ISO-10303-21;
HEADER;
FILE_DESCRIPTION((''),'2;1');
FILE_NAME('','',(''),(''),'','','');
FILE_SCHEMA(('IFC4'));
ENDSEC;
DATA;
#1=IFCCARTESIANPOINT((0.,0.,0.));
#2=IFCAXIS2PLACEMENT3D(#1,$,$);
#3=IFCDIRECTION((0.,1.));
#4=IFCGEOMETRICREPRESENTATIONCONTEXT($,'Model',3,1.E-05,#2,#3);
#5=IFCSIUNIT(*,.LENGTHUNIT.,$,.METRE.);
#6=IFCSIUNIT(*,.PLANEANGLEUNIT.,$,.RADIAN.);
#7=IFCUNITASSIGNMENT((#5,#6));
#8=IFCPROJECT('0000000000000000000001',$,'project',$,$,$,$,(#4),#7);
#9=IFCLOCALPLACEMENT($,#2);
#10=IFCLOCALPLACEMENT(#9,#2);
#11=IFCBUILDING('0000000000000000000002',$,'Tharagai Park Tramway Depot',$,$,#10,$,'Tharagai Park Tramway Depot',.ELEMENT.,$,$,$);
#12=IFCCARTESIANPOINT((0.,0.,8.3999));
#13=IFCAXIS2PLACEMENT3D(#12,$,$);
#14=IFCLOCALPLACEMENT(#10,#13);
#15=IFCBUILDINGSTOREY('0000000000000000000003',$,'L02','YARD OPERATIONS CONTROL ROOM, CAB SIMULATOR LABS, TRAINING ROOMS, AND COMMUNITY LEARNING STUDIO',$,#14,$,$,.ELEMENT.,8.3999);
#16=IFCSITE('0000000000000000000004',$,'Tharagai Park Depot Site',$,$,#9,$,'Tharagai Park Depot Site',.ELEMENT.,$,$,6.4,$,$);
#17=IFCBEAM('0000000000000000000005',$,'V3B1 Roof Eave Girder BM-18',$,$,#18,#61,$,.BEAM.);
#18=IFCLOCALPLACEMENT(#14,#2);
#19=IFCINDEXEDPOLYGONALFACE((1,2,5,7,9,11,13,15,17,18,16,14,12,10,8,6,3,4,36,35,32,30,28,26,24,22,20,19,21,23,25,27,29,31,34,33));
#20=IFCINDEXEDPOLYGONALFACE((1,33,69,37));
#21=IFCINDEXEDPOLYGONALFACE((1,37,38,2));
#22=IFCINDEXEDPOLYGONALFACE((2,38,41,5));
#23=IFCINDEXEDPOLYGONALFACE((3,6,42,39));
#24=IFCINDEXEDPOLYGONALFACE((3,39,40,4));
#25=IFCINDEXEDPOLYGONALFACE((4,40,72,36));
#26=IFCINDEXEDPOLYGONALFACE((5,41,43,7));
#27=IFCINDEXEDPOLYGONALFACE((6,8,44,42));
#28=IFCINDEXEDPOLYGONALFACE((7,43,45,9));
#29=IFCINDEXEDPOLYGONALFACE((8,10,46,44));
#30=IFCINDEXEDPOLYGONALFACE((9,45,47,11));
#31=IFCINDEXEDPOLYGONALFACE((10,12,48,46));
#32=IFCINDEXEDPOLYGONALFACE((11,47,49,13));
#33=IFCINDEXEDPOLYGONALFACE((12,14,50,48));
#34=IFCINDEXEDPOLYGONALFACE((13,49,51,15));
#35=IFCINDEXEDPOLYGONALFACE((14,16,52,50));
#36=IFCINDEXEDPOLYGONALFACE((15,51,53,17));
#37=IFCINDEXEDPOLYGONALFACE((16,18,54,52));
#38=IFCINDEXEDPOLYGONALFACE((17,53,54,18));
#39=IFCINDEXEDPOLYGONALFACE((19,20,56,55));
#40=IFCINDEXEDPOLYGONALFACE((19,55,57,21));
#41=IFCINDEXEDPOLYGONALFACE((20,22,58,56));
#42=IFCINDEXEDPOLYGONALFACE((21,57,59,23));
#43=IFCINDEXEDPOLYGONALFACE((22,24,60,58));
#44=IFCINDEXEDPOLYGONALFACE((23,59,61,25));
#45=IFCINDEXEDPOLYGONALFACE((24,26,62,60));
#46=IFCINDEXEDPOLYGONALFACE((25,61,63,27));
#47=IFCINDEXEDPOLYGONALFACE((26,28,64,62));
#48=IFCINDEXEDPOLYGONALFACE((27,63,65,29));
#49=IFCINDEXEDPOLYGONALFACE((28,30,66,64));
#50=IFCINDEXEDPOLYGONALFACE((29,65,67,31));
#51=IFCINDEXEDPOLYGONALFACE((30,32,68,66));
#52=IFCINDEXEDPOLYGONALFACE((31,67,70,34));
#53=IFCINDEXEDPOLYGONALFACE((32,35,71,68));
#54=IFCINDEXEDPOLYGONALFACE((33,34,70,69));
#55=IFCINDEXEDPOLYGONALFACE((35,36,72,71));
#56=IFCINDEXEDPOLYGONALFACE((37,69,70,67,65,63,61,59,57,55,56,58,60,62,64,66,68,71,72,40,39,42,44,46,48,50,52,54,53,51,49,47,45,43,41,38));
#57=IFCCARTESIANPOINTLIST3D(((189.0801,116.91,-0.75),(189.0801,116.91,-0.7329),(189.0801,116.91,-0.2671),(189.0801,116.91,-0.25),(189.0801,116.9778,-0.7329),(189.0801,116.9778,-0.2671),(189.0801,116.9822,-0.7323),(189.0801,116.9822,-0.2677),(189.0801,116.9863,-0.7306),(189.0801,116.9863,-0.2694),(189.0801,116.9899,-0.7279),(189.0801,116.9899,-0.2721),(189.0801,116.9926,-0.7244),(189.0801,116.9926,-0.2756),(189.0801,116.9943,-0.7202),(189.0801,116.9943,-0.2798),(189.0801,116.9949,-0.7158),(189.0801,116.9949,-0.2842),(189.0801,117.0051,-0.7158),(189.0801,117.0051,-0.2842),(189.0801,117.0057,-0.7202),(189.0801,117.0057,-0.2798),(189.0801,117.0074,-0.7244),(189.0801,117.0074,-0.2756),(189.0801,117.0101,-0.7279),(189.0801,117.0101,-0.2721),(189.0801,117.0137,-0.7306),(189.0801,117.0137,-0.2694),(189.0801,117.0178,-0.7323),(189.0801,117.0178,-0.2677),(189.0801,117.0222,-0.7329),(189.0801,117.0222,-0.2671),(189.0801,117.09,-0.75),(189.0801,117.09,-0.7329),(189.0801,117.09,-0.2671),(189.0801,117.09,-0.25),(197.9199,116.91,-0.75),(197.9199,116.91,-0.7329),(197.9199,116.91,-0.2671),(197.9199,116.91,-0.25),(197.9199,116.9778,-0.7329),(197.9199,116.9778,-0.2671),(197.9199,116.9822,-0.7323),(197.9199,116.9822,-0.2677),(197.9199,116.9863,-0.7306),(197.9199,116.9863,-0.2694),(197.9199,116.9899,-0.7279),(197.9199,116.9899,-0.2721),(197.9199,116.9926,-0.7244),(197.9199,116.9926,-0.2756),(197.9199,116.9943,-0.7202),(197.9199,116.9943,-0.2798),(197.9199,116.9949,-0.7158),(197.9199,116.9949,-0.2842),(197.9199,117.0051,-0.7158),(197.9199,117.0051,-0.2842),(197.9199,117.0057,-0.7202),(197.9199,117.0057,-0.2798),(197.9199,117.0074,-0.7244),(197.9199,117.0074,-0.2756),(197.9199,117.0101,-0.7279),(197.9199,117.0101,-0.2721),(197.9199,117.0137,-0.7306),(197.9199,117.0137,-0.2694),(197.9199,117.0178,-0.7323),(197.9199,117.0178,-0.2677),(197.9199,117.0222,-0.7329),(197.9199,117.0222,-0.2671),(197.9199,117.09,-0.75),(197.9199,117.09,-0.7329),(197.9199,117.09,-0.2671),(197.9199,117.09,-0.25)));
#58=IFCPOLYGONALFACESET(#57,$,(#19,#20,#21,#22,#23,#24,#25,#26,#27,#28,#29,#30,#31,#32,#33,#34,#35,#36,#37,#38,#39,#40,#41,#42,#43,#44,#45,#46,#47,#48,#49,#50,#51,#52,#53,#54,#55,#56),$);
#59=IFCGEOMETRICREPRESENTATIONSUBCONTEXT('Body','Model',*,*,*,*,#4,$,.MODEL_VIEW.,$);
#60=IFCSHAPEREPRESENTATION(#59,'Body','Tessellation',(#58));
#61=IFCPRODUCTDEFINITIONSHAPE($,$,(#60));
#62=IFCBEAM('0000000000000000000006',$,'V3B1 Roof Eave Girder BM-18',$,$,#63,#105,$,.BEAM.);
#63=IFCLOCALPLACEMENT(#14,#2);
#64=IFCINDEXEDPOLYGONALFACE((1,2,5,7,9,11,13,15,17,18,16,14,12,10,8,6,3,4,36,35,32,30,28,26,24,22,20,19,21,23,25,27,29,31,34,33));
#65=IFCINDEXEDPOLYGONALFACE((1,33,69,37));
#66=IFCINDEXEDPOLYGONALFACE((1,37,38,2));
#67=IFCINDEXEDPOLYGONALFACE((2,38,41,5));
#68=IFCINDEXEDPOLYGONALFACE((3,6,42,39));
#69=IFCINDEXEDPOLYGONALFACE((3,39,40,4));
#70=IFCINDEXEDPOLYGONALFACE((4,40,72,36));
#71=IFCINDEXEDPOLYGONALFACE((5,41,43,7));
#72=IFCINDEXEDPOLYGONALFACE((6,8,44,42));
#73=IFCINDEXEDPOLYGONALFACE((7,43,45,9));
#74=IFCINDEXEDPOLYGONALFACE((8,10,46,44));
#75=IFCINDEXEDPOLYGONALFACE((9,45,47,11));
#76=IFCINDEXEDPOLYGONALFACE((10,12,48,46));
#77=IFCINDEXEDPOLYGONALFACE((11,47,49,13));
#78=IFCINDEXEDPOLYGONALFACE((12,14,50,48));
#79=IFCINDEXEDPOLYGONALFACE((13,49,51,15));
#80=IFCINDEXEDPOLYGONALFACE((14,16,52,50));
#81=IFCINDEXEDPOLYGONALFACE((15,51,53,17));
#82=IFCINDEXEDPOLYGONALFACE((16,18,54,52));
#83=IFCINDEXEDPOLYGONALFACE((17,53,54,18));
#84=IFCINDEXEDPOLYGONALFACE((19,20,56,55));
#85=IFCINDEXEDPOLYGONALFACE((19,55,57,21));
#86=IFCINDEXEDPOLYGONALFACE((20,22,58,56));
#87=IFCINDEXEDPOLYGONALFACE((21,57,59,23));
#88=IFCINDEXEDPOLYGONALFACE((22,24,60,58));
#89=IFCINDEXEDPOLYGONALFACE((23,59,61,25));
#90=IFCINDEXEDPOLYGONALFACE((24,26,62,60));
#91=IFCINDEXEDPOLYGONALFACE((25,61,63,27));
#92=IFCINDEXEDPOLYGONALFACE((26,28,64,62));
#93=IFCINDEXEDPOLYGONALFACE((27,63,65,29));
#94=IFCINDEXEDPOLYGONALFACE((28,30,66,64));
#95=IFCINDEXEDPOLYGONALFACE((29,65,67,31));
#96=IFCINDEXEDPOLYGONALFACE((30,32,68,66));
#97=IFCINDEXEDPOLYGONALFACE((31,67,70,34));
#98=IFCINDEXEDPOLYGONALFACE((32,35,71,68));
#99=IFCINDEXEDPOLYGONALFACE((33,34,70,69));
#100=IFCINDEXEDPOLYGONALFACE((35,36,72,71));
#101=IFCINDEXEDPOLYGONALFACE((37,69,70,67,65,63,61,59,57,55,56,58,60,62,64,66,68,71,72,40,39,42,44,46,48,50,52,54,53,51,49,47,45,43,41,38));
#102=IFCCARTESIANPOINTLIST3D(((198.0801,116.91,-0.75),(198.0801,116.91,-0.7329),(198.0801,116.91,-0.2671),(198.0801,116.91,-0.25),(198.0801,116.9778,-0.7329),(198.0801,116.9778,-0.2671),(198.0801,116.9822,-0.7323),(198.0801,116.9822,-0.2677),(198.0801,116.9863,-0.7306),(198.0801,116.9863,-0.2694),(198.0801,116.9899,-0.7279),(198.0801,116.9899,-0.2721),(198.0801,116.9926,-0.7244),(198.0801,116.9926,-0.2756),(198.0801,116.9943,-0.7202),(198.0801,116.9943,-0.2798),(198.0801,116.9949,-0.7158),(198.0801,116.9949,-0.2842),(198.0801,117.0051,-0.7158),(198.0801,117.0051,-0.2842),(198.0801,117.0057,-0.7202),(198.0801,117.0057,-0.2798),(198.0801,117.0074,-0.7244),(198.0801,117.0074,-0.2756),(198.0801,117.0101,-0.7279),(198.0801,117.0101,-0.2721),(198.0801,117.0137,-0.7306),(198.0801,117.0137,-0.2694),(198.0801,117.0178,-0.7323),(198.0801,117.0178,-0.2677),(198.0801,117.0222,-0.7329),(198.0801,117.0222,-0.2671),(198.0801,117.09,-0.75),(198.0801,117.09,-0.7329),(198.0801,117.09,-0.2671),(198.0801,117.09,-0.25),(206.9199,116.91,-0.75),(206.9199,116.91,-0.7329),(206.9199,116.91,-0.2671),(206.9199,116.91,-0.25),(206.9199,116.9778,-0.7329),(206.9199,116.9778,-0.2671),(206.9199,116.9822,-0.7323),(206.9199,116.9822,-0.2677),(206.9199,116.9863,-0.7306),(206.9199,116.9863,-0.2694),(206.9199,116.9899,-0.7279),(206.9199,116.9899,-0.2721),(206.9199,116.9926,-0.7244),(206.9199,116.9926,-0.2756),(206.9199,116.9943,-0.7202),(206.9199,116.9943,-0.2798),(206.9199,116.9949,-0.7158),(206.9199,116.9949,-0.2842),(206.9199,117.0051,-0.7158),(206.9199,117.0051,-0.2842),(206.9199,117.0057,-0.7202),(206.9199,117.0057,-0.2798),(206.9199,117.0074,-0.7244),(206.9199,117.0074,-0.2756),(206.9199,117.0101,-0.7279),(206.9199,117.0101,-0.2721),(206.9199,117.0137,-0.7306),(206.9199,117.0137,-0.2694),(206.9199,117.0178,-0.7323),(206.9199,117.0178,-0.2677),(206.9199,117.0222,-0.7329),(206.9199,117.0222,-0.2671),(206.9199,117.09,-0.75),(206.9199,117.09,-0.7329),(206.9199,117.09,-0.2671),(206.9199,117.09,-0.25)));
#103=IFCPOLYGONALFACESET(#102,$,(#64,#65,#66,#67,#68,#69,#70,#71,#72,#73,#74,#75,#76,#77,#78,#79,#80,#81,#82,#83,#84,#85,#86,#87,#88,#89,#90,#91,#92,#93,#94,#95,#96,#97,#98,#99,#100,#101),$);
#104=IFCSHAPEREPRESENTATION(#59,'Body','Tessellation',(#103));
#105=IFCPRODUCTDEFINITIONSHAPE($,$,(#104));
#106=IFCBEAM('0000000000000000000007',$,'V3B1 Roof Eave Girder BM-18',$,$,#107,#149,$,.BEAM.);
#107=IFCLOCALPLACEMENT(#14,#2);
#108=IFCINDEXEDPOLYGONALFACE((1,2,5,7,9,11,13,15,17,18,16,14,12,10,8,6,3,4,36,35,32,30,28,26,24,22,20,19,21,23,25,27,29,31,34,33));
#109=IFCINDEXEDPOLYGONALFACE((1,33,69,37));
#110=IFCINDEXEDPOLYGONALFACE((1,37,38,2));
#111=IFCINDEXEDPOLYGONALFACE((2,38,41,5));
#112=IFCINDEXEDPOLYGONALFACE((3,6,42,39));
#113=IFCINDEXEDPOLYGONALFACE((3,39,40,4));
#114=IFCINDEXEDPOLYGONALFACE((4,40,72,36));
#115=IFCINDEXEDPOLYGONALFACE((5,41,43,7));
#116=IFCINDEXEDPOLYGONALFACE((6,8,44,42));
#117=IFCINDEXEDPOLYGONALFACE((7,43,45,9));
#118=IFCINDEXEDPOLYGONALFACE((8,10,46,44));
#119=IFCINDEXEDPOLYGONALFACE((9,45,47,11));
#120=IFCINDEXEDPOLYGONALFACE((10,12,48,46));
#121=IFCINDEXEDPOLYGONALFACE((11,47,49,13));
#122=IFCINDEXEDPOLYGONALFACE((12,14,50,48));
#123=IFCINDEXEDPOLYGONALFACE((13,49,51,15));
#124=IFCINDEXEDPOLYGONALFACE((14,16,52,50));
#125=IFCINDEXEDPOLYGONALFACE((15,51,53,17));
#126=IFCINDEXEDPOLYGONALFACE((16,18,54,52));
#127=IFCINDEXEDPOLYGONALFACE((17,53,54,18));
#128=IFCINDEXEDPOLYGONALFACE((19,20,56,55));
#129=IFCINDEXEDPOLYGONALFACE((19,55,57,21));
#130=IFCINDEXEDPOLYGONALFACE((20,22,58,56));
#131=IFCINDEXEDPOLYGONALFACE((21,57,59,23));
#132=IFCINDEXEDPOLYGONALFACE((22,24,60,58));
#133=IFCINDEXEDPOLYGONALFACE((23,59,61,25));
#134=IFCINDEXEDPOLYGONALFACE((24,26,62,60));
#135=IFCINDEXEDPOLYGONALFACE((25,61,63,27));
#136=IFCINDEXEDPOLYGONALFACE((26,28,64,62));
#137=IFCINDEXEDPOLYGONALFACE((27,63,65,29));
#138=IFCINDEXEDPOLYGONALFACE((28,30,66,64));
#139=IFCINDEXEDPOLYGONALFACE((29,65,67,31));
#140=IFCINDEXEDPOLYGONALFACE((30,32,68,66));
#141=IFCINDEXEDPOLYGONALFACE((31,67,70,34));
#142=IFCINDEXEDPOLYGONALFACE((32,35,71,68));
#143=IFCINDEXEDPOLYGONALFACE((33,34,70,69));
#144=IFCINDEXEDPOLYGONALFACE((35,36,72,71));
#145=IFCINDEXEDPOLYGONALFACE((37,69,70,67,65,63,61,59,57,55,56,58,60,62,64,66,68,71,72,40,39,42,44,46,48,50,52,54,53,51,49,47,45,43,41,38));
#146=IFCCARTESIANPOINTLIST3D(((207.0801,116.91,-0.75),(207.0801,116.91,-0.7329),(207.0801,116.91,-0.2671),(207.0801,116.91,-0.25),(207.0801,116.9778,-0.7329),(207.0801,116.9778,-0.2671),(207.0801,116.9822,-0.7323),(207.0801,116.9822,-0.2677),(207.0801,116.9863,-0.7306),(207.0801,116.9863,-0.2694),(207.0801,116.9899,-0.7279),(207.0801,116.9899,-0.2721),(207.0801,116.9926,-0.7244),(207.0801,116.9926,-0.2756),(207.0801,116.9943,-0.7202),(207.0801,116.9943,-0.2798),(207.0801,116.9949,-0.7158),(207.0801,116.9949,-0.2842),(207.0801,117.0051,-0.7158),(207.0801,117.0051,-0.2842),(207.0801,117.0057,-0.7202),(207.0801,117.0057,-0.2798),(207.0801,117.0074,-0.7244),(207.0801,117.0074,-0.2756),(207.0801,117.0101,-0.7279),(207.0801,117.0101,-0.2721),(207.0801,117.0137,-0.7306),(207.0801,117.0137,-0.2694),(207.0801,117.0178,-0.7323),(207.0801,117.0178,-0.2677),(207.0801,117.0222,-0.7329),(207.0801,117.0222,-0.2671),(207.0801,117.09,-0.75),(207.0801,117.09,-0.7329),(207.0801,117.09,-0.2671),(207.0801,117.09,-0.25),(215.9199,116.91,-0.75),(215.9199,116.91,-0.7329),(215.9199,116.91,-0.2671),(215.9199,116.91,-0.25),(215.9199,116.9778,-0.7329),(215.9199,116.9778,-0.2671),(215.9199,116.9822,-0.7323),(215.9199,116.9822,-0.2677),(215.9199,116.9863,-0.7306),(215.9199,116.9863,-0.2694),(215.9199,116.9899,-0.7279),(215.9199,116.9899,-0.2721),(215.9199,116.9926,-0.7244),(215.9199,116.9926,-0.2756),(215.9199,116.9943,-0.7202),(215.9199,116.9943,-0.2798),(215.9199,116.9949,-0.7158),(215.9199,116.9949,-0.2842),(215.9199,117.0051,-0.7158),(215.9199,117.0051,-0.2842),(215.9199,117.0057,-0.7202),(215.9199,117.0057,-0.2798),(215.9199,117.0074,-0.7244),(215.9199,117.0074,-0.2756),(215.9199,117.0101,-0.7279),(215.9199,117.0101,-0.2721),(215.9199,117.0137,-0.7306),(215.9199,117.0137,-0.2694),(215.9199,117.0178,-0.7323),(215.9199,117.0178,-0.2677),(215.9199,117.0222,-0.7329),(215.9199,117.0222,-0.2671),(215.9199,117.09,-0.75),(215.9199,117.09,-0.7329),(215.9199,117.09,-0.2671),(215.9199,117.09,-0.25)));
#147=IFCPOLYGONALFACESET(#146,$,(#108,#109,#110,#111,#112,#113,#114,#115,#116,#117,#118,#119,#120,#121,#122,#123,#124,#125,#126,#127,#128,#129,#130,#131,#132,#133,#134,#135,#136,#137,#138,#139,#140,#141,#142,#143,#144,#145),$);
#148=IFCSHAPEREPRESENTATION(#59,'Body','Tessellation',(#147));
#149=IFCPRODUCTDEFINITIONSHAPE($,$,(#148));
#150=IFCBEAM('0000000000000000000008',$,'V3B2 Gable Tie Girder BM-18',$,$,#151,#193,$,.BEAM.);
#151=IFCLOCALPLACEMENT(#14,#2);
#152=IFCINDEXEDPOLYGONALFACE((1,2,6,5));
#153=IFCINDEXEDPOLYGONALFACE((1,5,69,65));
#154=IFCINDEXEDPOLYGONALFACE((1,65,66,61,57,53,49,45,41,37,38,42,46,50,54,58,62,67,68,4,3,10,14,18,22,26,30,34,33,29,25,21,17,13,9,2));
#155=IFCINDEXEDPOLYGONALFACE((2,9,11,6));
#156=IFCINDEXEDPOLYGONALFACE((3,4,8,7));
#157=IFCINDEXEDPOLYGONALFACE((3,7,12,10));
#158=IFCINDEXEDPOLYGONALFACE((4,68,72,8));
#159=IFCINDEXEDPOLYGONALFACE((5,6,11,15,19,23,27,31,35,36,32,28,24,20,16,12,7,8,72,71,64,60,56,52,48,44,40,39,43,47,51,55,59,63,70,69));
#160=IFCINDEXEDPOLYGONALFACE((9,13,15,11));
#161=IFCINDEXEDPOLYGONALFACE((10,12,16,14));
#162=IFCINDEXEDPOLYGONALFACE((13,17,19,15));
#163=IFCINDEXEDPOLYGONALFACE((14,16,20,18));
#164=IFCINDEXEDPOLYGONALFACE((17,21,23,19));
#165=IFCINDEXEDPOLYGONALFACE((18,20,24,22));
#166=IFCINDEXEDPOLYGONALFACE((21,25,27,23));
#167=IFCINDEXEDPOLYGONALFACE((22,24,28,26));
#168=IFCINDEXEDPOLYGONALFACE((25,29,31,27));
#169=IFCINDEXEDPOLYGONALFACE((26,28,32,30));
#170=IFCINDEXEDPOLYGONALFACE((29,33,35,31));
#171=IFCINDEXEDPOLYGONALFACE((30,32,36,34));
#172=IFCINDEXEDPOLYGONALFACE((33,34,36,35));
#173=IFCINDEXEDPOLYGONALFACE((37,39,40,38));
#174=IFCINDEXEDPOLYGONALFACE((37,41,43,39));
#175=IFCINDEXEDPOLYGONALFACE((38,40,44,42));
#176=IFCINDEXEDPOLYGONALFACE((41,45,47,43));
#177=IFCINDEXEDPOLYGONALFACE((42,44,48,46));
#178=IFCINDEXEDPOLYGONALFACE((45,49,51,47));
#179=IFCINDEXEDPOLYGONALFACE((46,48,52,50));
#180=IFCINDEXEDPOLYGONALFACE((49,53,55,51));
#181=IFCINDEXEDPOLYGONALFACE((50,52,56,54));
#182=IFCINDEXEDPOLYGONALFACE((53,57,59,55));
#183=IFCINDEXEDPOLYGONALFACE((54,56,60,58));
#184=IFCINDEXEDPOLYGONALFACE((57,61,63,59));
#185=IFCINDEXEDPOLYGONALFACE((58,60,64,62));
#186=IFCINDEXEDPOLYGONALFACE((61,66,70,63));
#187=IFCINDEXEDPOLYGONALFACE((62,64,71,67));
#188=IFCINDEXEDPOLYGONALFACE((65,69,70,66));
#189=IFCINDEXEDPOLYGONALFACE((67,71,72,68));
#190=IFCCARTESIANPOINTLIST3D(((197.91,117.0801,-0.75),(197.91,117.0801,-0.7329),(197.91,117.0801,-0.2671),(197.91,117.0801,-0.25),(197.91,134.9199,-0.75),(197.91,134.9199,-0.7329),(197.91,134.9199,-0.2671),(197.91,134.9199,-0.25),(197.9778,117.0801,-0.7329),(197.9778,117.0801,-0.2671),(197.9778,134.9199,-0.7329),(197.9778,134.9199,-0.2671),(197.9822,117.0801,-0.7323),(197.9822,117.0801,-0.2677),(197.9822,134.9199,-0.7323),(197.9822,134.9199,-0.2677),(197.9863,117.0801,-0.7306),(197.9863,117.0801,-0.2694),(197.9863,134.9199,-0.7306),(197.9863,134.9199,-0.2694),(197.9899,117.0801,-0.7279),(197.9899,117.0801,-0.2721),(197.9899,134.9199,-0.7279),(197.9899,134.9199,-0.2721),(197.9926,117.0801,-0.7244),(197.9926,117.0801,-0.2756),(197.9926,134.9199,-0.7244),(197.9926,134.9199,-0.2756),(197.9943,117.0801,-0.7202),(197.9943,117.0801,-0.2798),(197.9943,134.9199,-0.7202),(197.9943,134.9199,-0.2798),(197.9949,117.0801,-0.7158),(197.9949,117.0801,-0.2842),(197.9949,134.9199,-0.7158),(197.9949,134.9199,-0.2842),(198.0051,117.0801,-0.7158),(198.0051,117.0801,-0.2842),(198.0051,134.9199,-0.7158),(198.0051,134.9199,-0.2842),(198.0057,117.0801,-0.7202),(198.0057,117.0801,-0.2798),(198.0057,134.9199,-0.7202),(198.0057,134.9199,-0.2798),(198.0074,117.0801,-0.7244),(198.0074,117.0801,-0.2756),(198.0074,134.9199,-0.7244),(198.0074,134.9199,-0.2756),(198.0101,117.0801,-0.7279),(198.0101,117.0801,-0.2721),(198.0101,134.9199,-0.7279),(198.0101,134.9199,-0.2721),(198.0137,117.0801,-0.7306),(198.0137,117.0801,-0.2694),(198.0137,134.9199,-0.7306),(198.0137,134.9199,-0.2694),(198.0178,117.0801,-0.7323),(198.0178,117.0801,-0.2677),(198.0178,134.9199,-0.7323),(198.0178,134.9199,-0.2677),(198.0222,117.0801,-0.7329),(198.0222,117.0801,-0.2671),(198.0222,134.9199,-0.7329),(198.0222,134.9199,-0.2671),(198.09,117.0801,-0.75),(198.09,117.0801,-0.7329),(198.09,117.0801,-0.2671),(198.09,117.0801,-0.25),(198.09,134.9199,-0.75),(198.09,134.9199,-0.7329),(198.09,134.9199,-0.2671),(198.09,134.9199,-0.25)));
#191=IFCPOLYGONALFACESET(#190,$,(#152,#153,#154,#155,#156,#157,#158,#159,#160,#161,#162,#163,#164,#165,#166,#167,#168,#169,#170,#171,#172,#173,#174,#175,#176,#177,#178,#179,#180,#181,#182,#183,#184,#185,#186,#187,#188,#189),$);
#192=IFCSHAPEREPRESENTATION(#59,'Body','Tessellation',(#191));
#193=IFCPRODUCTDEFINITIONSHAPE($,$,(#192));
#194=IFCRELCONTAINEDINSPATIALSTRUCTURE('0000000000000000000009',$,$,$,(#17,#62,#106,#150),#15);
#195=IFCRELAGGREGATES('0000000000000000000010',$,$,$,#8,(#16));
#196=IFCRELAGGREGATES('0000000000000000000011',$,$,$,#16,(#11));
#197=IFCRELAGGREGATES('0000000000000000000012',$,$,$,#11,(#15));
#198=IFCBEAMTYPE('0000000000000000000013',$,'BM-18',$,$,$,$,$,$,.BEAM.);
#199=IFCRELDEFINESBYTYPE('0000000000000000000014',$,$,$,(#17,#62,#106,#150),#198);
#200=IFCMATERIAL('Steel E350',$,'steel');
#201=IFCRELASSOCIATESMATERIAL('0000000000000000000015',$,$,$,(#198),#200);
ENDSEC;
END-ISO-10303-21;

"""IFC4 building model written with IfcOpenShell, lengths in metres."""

from ifc_helpers import new_model, si_unit, direction, frame, origin, origin_2d, place, context, subcontext, project, spatial, i_section, extrude, material, material_profile, profile_set, type_object, element, save


model = new_model("IFC4")

# Units and contexts
model_context = context("Model", 3, precision=1e-05, world=origin(), true_north=direction((0.0, 1.0)))
body_context = subcontext(model_context, "Body", "Model", "MODEL_VIEW")
ifc_project = project(units=[si_unit("LENGTHUNIT", "METRE"), si_unit("PLANEANGLEUNIT", "RADIAN")], contexts=[model_context])

# Site, building, storey
site_placement = place(None, origin())
site = spatial("IfcSite", under=ifc_project, at=site_placement, Name="Tharagai Park Depot Site", LongName="Tharagai Park Depot Site", CompositionType="ELEMENT", RefElevation=6.4)
building_placement = place(site_placement, origin())
building = spatial("IfcBuilding", under=site, at=building_placement, Name="Tharagai Park Tramway Depot", LongName="Tharagai Park Tramway Depot", CompositionType="ELEMENT")
storey_placement = place(building_placement, frame((0.0, 0.0, 8.3999)))
storey = spatial("IfcBuildingStorey", under=building, at=storey_placement, Name="L02", Description="YARD OPERATIONS CONTROL ROOM, CAB SIMULATOR LABS, TRAINING ROOMS, AND COMMUNITY LEARNING STUDIO", CompositionType="ELEMENT", Elevation=8.3999)

# Beams
ifc_material_1 = material(Name="Steel E350", Category="steel")
ifc_material_profile_1 = material_profile(ifc_material_1, i_section(OverallWidth=0.1799, OverallDepth=0.5, WebThickness=0.0103, FlangeThickness=0.0171, FilletRadius=0.0171, at=origin_2d()), Name="ISMB 500")
ifc_profile_set_1 = profile_set([ifc_material_profile_1], Name="Steel E350")
beam_type = type_object("IfcBeamType", Name="BM-18", PredefinedType="BEAM", material=ifc_profile_set_1)
for number, where, z_axis, x_axis, name in (
    (1, (189.0801, 117.0, -0.5), (1.0, 0.0, 0.0), (0.0, 1.0, 0.0), "V3B1 Roof Eave Girder BM-18"),
    (2, (198.0801, 117.0, -0.5), (1.0, 0.0, 0.0), (0.0, 1.0, 0.0), "V3B1 Roof Eave Girder BM-18"),
    (3, (207.0801, 117.0, -0.5), (1.0, 0.0, 0.0), (0.0, 1.0, 0.0), "V3B1 Roof Eave Girder BM-18"),
):
    element("IfcBeam", number, at=place(storey_placement, frame(where, z_axis=z_axis, x_axis=x_axis)), inside=storey, type_object=beam_type, Name=name, PredefinedType="BEAM", context=body_context, shape_type="SweptSolid", body=[
        extrude(i_section(OverallWidth=0.1799, OverallDepth=0.5, WebThickness=0.0103, FlangeThickness=0.0171, FilletRadius=0.0171, at=origin_2d()), origin(), (0.0, 0.0, 1.0), 8.8398),
    ])
for number, where, z_axis, x_axis, name in (
    (4, (198.0, 117.0801, -0.5), (0.0, 1.0, 0.0), (-1.0, 0.0, 0.0), "V3B2 Gable Tie Girder BM-18"),
):
    element("IfcBeam", number, at=place(storey_placement, frame(where, z_axis=z_axis, x_axis=x_axis)), inside=storey, type_object=beam_type, Name=name, PredefinedType="BEAM", context=body_context, shape_type="SweptSolid", body=[
        extrude(i_section(OverallWidth=0.1799, OverallDepth=0.5, WebThickness=0.0103, FlangeThickness=0.0171, FilletRadius=0.0171, at=origin_2d()), origin(), (0.0, 0.0, 1.0), 17.8398),
    ])

save(model, "model.ifc")
